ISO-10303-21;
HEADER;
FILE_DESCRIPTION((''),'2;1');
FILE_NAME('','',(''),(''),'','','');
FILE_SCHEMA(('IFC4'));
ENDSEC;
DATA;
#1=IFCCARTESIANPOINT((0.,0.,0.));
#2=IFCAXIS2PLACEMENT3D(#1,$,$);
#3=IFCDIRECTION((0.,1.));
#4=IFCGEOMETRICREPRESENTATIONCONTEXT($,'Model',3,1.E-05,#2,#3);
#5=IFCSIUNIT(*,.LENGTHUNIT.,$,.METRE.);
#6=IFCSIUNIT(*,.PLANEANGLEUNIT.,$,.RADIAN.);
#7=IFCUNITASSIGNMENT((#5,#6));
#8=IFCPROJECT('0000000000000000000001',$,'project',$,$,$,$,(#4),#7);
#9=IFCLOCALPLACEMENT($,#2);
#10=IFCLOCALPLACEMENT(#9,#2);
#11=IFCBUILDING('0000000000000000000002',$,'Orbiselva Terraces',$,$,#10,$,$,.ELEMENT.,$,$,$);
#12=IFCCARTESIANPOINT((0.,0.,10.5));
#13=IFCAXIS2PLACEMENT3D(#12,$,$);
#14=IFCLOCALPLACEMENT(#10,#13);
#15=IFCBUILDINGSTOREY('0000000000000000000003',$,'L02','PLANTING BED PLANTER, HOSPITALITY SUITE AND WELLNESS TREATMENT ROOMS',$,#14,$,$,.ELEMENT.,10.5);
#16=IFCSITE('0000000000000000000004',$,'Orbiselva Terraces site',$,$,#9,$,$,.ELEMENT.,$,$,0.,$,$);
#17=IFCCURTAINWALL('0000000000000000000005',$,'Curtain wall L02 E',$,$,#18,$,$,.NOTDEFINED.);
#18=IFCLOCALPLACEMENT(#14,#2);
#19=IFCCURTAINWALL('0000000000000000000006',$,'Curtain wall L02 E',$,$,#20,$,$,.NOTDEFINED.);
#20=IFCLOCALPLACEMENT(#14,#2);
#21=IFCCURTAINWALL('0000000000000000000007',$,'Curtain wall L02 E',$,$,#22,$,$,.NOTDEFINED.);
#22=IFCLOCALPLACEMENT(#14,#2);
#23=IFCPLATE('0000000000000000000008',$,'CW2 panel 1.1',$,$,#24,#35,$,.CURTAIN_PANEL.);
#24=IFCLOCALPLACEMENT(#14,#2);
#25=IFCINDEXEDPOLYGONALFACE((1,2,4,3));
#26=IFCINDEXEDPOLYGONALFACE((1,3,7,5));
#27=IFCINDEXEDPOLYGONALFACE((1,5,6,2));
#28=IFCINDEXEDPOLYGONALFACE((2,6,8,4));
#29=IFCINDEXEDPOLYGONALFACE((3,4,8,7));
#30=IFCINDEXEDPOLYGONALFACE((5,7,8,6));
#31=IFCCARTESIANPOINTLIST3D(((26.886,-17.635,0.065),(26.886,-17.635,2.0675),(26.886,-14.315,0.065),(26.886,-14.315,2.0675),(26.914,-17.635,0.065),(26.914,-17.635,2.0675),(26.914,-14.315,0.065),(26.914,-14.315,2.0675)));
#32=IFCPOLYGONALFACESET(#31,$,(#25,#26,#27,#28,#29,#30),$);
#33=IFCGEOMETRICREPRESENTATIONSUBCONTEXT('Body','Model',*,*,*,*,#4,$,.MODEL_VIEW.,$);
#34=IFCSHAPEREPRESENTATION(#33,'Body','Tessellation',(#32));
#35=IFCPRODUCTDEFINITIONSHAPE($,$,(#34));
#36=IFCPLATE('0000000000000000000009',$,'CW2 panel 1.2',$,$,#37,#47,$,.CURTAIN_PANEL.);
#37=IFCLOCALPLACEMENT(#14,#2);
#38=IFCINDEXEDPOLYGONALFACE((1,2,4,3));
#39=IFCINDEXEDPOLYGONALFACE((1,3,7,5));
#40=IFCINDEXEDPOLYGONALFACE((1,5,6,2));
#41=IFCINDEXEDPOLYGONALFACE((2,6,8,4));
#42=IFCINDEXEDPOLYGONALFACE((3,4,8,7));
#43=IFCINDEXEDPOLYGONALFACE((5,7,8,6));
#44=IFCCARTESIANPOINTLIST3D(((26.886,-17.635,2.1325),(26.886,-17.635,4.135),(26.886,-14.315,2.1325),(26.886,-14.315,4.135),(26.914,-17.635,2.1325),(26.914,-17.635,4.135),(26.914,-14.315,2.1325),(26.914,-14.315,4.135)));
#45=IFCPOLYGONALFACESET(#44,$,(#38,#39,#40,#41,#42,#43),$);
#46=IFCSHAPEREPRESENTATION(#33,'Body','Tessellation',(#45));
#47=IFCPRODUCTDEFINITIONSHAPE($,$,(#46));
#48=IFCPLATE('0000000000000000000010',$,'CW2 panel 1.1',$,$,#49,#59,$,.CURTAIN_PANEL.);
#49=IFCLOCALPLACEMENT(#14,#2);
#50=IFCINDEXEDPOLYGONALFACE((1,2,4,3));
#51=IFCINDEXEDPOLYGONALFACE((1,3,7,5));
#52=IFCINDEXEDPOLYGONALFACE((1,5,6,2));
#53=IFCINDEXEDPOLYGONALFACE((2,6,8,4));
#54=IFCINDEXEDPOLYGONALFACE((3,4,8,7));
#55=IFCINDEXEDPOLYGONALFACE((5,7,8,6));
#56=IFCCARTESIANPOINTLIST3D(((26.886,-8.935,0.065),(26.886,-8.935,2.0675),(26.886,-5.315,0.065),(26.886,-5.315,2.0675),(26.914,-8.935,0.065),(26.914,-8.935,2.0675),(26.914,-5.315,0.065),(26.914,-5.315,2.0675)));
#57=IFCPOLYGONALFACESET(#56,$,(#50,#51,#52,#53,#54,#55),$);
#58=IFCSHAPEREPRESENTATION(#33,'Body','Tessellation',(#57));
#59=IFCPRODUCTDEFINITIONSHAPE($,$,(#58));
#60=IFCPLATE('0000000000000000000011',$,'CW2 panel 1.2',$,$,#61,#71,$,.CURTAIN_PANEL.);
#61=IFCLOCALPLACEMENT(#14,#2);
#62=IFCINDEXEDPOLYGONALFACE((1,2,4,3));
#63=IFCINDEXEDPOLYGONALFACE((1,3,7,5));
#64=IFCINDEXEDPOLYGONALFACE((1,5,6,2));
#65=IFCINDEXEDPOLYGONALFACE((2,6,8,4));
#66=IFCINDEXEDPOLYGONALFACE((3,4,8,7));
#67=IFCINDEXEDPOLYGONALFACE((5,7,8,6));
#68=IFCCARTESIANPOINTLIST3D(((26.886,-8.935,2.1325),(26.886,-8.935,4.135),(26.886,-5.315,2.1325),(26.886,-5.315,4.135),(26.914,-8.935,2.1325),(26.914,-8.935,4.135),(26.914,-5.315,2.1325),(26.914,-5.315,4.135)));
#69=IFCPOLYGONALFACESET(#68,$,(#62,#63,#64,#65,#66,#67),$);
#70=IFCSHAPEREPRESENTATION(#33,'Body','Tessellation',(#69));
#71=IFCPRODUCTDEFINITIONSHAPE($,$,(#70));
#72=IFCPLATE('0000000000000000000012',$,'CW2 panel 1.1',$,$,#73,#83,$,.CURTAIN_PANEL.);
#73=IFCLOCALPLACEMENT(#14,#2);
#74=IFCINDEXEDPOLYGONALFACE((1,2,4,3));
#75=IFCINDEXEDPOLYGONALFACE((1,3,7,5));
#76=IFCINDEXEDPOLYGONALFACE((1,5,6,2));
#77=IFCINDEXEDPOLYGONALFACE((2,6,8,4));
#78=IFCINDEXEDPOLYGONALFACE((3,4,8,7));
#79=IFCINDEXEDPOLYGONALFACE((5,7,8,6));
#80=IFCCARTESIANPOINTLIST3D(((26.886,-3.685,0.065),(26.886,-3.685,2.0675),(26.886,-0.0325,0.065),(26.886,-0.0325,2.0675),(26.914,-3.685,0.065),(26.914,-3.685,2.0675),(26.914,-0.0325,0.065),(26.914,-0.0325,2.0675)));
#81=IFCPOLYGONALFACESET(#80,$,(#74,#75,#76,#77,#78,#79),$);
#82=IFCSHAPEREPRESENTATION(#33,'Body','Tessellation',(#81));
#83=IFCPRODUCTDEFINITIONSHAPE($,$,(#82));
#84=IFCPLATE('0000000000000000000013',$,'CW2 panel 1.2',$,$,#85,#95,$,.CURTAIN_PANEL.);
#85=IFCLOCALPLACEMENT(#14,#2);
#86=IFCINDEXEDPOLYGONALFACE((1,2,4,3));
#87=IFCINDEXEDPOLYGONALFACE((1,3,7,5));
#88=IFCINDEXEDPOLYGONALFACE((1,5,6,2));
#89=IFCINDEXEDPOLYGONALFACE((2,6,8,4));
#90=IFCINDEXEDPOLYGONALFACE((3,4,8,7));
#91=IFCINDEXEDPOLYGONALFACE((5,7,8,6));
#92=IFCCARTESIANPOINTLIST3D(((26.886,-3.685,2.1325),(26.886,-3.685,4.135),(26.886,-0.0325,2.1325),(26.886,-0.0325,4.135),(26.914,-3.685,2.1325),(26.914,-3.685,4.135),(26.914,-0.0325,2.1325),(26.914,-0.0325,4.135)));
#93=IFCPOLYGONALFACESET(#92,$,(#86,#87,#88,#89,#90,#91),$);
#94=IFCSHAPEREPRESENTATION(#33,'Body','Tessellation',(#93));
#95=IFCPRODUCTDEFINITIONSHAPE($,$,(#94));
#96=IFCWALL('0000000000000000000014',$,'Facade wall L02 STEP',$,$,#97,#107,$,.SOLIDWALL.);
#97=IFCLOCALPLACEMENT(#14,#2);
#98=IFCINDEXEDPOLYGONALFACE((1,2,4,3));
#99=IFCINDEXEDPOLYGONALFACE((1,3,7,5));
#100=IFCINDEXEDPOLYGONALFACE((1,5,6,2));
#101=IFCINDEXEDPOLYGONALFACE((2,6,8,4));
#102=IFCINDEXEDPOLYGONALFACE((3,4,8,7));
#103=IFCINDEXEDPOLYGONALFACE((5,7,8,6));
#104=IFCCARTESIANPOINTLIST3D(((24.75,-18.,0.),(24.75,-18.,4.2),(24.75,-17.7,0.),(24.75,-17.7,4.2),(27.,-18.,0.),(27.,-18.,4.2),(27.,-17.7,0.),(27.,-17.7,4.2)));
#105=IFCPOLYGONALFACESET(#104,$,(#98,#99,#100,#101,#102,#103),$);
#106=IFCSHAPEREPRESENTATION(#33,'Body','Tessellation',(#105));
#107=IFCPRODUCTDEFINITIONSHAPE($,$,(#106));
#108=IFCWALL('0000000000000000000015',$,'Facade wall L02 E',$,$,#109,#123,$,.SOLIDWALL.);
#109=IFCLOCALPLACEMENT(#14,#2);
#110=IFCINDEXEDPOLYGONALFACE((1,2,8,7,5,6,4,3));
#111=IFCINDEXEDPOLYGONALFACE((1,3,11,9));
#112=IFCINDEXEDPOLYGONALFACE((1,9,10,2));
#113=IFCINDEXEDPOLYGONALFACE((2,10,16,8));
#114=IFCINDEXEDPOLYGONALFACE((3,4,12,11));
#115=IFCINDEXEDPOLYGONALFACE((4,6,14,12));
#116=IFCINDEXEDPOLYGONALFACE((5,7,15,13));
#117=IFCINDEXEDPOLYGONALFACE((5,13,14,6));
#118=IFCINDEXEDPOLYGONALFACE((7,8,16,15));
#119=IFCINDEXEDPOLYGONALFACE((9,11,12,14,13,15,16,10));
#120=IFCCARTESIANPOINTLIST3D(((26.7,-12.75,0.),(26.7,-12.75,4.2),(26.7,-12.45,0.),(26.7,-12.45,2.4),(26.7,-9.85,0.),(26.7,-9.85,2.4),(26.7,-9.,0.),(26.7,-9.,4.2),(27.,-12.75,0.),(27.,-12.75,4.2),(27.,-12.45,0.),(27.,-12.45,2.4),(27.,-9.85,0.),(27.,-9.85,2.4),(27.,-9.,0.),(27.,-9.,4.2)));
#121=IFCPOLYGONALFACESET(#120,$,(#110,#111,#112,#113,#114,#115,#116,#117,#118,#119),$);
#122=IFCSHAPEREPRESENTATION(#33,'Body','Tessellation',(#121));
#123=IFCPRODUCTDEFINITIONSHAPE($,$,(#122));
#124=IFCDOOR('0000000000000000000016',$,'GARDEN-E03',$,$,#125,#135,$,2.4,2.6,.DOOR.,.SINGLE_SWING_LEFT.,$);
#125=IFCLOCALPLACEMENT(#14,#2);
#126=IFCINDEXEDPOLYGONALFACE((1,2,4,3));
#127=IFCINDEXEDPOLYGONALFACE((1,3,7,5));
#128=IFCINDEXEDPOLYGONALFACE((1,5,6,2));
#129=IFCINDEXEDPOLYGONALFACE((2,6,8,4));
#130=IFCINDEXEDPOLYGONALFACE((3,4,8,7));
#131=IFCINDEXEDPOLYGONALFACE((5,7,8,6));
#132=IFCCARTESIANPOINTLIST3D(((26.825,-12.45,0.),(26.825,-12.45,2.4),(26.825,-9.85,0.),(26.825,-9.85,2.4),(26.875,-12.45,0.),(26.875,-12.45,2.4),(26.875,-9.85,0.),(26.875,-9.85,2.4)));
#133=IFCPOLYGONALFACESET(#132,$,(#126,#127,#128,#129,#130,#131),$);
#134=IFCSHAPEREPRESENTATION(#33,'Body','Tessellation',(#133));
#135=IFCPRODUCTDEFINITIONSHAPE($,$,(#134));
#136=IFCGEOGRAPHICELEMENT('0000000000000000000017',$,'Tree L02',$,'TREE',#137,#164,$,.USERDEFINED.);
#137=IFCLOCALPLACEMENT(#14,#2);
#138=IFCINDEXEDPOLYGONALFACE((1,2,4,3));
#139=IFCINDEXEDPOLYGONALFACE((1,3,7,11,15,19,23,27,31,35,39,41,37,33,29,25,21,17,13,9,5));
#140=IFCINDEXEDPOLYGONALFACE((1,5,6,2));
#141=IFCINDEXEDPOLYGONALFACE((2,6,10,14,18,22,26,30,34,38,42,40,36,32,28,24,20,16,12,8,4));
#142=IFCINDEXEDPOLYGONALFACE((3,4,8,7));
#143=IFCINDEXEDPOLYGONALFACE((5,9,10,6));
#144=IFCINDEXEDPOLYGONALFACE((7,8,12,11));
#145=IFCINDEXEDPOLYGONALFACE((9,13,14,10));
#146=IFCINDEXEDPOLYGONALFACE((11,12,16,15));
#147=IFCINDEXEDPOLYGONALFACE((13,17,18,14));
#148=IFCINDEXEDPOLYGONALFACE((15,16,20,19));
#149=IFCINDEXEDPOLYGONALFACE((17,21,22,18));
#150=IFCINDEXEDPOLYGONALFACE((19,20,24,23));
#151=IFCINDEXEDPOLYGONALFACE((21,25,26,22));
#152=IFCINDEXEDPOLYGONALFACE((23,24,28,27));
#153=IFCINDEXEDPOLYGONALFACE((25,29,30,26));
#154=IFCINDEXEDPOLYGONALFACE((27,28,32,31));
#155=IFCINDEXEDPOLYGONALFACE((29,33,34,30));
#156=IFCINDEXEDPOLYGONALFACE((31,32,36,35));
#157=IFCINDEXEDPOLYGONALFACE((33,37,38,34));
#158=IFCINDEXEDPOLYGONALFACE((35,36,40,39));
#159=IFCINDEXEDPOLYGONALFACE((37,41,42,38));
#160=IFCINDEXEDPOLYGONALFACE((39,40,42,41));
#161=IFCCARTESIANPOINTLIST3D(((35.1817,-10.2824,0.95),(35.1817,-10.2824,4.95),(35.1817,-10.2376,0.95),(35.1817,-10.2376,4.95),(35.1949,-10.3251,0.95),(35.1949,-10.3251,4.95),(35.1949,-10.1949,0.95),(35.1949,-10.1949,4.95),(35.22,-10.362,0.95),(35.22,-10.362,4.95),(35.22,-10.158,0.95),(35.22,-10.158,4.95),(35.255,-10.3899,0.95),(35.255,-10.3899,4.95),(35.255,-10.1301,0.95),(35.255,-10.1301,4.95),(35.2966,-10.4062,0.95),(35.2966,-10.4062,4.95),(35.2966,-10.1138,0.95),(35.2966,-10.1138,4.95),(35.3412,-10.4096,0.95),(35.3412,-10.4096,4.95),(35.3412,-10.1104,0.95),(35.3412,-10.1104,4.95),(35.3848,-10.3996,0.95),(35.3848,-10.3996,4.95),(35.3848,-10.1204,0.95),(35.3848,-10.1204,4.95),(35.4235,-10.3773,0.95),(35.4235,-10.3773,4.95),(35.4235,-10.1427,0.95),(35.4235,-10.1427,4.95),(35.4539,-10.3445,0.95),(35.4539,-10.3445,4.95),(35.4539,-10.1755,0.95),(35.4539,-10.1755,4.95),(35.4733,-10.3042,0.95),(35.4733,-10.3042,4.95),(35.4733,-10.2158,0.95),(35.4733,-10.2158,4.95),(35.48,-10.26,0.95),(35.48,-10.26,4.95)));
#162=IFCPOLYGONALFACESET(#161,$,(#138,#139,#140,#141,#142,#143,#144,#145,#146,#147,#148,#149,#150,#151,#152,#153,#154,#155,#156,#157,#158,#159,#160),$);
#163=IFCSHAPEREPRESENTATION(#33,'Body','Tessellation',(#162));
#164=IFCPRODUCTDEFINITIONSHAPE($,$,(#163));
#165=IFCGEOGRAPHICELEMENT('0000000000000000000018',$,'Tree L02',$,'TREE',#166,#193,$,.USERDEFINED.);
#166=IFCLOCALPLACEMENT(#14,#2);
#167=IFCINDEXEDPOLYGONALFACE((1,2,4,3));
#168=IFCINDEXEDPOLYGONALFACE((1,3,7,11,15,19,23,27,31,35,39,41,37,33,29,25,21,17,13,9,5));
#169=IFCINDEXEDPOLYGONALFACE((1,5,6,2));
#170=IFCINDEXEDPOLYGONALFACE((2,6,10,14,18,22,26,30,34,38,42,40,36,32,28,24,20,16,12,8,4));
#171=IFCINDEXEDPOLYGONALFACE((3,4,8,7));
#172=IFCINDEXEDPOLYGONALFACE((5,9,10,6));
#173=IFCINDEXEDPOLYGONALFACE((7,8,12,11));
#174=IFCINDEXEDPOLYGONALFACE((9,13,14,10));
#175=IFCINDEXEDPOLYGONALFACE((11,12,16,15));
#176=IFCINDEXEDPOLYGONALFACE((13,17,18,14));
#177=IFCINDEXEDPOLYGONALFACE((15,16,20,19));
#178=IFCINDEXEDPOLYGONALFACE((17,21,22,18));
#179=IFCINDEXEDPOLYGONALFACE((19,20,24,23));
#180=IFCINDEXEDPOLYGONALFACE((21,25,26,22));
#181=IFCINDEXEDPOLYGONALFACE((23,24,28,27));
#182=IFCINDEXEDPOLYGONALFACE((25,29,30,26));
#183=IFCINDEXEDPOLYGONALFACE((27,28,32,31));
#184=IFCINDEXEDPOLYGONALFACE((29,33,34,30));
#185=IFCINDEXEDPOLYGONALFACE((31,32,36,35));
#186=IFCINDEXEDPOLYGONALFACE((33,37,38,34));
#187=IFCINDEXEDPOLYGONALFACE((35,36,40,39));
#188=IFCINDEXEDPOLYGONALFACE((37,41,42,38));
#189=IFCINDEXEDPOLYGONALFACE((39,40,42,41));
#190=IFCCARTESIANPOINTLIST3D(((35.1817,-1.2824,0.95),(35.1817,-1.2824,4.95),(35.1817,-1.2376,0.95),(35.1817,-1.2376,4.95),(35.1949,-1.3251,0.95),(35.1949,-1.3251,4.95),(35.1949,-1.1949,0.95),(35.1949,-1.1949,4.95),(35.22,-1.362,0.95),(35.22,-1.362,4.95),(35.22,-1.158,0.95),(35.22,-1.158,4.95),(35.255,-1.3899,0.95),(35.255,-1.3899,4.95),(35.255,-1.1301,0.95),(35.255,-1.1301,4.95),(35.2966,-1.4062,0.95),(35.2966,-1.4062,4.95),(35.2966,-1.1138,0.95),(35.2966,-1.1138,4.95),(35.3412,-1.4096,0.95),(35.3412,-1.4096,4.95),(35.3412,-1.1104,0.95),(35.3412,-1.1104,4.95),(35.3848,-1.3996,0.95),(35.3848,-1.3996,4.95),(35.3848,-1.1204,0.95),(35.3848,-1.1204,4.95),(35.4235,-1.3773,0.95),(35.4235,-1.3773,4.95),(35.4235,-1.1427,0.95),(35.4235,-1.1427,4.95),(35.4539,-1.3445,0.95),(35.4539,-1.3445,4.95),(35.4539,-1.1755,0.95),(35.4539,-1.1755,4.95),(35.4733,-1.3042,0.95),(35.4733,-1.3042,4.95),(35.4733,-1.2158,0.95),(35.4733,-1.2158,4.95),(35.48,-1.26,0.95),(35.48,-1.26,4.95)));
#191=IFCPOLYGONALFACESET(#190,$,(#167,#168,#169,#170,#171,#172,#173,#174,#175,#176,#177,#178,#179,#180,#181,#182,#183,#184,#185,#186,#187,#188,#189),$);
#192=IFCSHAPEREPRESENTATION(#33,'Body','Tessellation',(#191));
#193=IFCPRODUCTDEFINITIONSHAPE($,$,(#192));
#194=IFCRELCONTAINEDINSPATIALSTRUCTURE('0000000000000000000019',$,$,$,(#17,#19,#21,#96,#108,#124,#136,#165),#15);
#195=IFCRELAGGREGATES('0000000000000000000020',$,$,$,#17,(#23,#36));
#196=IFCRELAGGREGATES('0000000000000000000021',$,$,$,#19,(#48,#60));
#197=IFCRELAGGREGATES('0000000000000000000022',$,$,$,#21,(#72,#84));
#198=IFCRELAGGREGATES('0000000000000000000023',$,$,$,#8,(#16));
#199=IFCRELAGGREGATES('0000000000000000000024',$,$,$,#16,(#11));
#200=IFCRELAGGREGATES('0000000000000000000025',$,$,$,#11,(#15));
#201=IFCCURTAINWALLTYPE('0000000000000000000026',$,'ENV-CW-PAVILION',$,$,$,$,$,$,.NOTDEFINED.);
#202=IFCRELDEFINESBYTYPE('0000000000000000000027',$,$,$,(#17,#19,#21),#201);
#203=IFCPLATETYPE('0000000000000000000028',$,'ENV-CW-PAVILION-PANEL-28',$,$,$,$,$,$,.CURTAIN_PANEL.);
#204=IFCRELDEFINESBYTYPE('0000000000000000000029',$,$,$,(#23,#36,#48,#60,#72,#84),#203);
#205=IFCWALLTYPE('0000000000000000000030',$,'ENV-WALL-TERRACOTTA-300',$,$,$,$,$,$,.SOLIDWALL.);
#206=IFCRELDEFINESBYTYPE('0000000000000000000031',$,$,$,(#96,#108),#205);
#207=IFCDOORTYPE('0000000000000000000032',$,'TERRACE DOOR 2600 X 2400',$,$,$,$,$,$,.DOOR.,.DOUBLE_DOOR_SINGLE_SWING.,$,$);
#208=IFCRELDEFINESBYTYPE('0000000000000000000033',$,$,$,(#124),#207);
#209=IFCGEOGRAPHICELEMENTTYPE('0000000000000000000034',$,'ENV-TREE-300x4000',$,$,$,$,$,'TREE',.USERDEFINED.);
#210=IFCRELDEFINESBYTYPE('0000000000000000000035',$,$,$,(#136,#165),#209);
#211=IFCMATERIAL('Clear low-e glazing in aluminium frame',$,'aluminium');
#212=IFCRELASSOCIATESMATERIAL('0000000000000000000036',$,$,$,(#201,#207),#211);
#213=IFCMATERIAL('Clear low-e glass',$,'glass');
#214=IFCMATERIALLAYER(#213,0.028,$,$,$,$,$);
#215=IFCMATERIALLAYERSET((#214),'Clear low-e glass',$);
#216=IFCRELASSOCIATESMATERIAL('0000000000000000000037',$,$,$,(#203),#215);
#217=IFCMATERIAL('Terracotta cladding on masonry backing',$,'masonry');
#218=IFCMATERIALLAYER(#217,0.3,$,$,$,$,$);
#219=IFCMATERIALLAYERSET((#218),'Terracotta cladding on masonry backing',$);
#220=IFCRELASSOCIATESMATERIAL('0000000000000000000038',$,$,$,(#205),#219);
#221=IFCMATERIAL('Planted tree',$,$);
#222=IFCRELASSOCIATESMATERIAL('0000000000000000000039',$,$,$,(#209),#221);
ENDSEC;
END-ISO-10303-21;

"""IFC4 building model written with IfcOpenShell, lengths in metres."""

from ifc_helpers import new_model, si_unit, direction, frame, frame_2d, origin, origin_2d, place, context, subcontext, project, spatial, rectangle, circle, extrude, material, layer, layer_set, type_object, element, fill, aggregate, save


model = new_model("IFC4")

# Units and contexts
model_context = context("Model", 3, precision=1e-05, world=origin(), true_north=direction((0.0, 1.0)))
body_context = subcontext(model_context, "Body", "Model", "MODEL_VIEW")
ifc_project = project(units=[si_unit("LENGTHUNIT", "METRE"), si_unit("PLANEANGLEUNIT", "RADIAN")], contexts=[model_context])

# Site, building, storey
site_placement = place(None, origin())
site = spatial("IfcSite", under=ifc_project, at=site_placement, Name="Orbiselva Terraces site", CompositionType="ELEMENT", RefElevation=0.0)
building_placement = place(site_placement, origin())
building = spatial("IfcBuilding", under=site, at=building_placement, Name="Orbiselva Terraces", CompositionType="ELEMENT")
storey_placement = place(building_placement, frame((0.0, 0.0, 10.5)))
storey = spatial("IfcBuildingStorey", under=building, at=storey_placement, Name="L02", Description="PLANTING BED PLANTER, HOSPITALITY SUITE AND WELLNESS TREATMENT ROOMS", CompositionType="ELEMENT", Elevation=10.5)

# Curtain walls
ifc_material_1 = material(Name="Clear low-e glazing in aluminium frame", Category="aluminium")
curtain_wall_type = type_object("IfcCurtainWallType", Name="ENV-CW-PAVILION", PredefinedType="NOTDEFINED", material=ifc_material_1)
curtain_wall_1_placement = place(storey_placement, origin())
curtain_wall_1 = element("IfcCurtainWall", 1, at=curtain_wall_1_placement, inside=storey, type_object=curtain_wall_type, Name="Curtain wall L02 E", PredefinedType="NOTDEFINED")
curtain_wall_2_placement = place(storey_placement, origin())
curtain_wall_2 = element("IfcCurtainWall", 2, at=curtain_wall_2_placement, inside=storey, type_object=curtain_wall_type, Name="Curtain wall L02 E", PredefinedType="NOTDEFINED")
curtain_wall_3_placement = place(storey_placement, origin())
curtain_wall_3 = element("IfcCurtainWall", 3, at=curtain_wall_3_placement, inside=storey, type_object=curtain_wall_type, Name="Curtain wall L02 E", PredefinedType="NOTDEFINED")

# Plates
ifc_material_2 = material(Name="Clear low-e glass", Category="glass")
ifc_layer_1 = layer(ifc_material_2, 0.028)
ifc_layer_set_1 = layer_set([ifc_layer_1], Name="Clear low-e glass")
plate_type = type_object("IfcPlateType", Name="ENV-CW-PAVILION-PANEL-28", PredefinedType="CURTAIN_PANEL", material=ifc_layer_set_1)
plate_1_placement = place(storey_placement, frame((26.9, -15.975, 0.065), z_axis=(0.0, 0.0, 1.0), x_axis=(0.0, 1.0, 0.0)))
plate_1 = element("IfcPlate", 4, at=plate_1_placement, type_object=plate_type, Name="CW2 panel 1.1", PredefinedType="CURTAIN_PANEL", context=body_context, shape_type="SweptSolid", body=[
    extrude(rectangle(XDim=3.32, YDim=0.028, at=origin_2d()), origin(), (0.0, 0.0, 1.0), 2.0025),
])
plate_2_placement = place(storey_placement, frame((26.9, -15.975, 2.1325), z_axis=(0.0, 0.0, 1.0), x_axis=(0.0, 1.0, 0.0)))
plate_2 = element("IfcPlate", 5, at=plate_2_placement, type_object=plate_type, Name="CW2 panel 1.2", PredefinedType="CURTAIN_PANEL", context=body_context, shape_type="SweptSolid", body=[
    extrude(rectangle(XDim=3.32, YDim=0.028, at=origin_2d()), origin(), (0.0, 0.0, 1.0), 2.0025),
])
aggregate(curtain_wall_1, [plate_1, plate_2])
plate_3_placement = place(storey_placement, frame((26.9, -7.125, 0.065), z_axis=(0.0, 0.0, 1.0), x_axis=(0.0, 1.0, 0.0)))
plate_3 = element("IfcPlate", 6, at=plate_3_placement, type_object=plate_type, Name="CW2 panel 1.1", PredefinedType="CURTAIN_PANEL", context=body_context, shape_type="SweptSolid", body=[
    extrude(rectangle(XDim=3.62, YDim=0.028, at=origin_2d()), origin(), (0.0, 0.0, 1.0), 2.0025),
])
plate_4_placement = place(storey_placement, frame((26.9, -7.125, 2.1325), z_axis=(0.0, 0.0, 1.0), x_axis=(0.0, 1.0, 0.0)))
plate_4 = element("IfcPlate", 7, at=plate_4_placement, type_object=plate_type, Name="CW2 panel 1.2", PredefinedType="CURTAIN_PANEL", context=body_context, shape_type="SweptSolid", body=[
    extrude(rectangle(XDim=3.62, YDim=0.028, at=origin_2d()), origin(), (0.0, 0.0, 1.0), 2.0025),
])
aggregate(curtain_wall_2, [plate_3, plate_4])
plate_5_placement = place(storey_placement, frame((26.9, -1.8587, 0.065), z_axis=(0.0, 0.0, 1.0), x_axis=(0.0, 1.0, 0.0)))
plate_5 = element("IfcPlate", 8, at=plate_5_placement, type_object=plate_type, Name="CW2 panel 1.1", PredefinedType="CURTAIN_PANEL", context=body_context, shape_type="SweptSolid", body=[
    extrude(rectangle(XDim=3.6525, YDim=0.028, at=origin_2d()), origin(), (0.0, 0.0, 1.0), 2.0025),
])
plate_6_placement = place(storey_placement, frame((26.9, -1.8587, 2.1325), z_axis=(0.0, 0.0, 1.0), x_axis=(0.0, 1.0, 0.0)))
plate_6 = element("IfcPlate", 9, at=plate_6_placement, type_object=plate_type, Name="CW2 panel 1.2", PredefinedType="CURTAIN_PANEL", context=body_context, shape_type="SweptSolid", body=[
    extrude(rectangle(XDim=3.6525, YDim=0.028, at=origin_2d()), origin(), (0.0, 0.0, 1.0), 2.0025),
])
aggregate(curtain_wall_3, [plate_5, plate_6])

# Wall
ifc_material_3 = material(Name="Terracotta cladding on masonry backing", Category="masonry")
ifc_layer_2 = layer(ifc_material_3, 0.3)
ifc_layer_set_2 = layer_set([ifc_layer_2], Name="Terracotta cladding on masonry backing")
wall_type = type_object("IfcWallType", Name="ENV-WALL-TERRACOTTA-300", PredefinedType="SOLIDWALL", material=ifc_layer_set_2)
wall_1_placement = place(storey_placement, frame((27.0, -17.85, 0.0), z_axis=(0.0, 0.0, 1.0), x_axis=(-1.0, 0.0, 0.0)))
element("IfcWall", 10, at=wall_1_placement, inside=storey, type_object=wall_type, Name="Facade wall L02 STEP", PredefinedType="SOLIDWALL", context=body_context, shape_type="SweptSolid", body=[
    extrude(rectangle(XDim=2.25, YDim=0.3, at=frame_2d((1.125, 0.0))), origin(), (0.0, 0.0, 1.0), 4.2),
])

# Wall, opening, door
wall_2_placement = place(storey_placement, frame((26.85, -9.0, 0.0), z_axis=(0.0, 0.0, 1.0), x_axis=(0.0, -1.0, 0.0)))
wall_2 = element("IfcWall", 11, at=wall_2_placement, inside=storey, type_object=wall_type, Name="Facade wall L02 E", PredefinedType="SOLIDWALL", context=body_context, shape_type="SweptSolid", body=[
    extrude(rectangle(XDim=3.75, YDim=0.3, at=frame_2d((1.875, 0.0))), origin(), (0.0, 0.0, 1.0), 4.2),
])
opening_placement = place(wall_2_placement, frame((0.85, 0.0, 0.0)))
opening = element("IfcOpeningElement", 12, at=opening_placement, cuts=wall_2, PredefinedType="OPENING", context=body_context, shape_type="SweptSolid", body=[
    extrude(rectangle(XDim=2.6, YDim=2.4, at=frame_2d((1.3, 1.2))), frame((0.0, 0.16, 0.0), z_axis=(0.0, -1.0, 0.0), x_axis=(1.0, 0.0, 0.0)), (0.0, 0.0, 1.0), 0.32),
])
door_type = type_object("IfcDoorType", Name="TERRACE DOOR 2600 X 2400", OperationType="DOUBLE_DOOR_SINGLE_SWING", PredefinedType="DOOR", material=ifc_material_1)
door_placement = place(opening_placement, origin())
door = element("IfcDoor", 13, at=door_placement, inside=storey, type_object=door_type, Name="GARDEN-E03", OperationType="SINGLE_SWING_LEFT", OverallHeight=2.4, OverallWidth=2.6, PredefinedType="DOOR", context=body_context, shape_type="SweptSolid", body=[
    extrude(rectangle(XDim=2.6, YDim=2.4, at=frame_2d((1.3, 1.2))), frame((0.0, 0.025, 0.0), z_axis=(0.0, -1.0, 0.0), x_axis=(1.0, 0.0, 0.0)), (0.0, 0.0, 1.0), 0.05),
])
fill(opening, door)

# Geographic elements
ifc_material_4 = material(Name="Planted tree")
geographic_element_type = type_object("IfcGeographicElementType", Name="ENV-TREE-300x4000", ElementType="TREE", PredefinedType="USERDEFINED", material=ifc_material_4)
for number, where, z_axis, x_axis, name in (
    (14, (35.33, -10.26, 4.95), (0.0, 0.0, -1.0), (1.0, 0.0, 0.0), "Tree L02"),
    (15, (35.33, -1.26, 4.95), (0.0, 0.0, -1.0), (1.0, 0.0, 0.0), "Tree L02"),
):
    element("IfcGeographicElement", number, at=place(storey_placement, frame(where, z_axis=z_axis, x_axis=x_axis)), inside=storey, type_object=geographic_element_type, Name=name, ObjectType="TREE", PredefinedType="USERDEFINED", context=body_context, shape_type="SweptSolid", body=[
        extrude(circle(Radius=0.15, at=origin_2d()), origin(), (0.0, 0.0, 1.0), 4.0),
    ])

save(model, "model.ifc")
